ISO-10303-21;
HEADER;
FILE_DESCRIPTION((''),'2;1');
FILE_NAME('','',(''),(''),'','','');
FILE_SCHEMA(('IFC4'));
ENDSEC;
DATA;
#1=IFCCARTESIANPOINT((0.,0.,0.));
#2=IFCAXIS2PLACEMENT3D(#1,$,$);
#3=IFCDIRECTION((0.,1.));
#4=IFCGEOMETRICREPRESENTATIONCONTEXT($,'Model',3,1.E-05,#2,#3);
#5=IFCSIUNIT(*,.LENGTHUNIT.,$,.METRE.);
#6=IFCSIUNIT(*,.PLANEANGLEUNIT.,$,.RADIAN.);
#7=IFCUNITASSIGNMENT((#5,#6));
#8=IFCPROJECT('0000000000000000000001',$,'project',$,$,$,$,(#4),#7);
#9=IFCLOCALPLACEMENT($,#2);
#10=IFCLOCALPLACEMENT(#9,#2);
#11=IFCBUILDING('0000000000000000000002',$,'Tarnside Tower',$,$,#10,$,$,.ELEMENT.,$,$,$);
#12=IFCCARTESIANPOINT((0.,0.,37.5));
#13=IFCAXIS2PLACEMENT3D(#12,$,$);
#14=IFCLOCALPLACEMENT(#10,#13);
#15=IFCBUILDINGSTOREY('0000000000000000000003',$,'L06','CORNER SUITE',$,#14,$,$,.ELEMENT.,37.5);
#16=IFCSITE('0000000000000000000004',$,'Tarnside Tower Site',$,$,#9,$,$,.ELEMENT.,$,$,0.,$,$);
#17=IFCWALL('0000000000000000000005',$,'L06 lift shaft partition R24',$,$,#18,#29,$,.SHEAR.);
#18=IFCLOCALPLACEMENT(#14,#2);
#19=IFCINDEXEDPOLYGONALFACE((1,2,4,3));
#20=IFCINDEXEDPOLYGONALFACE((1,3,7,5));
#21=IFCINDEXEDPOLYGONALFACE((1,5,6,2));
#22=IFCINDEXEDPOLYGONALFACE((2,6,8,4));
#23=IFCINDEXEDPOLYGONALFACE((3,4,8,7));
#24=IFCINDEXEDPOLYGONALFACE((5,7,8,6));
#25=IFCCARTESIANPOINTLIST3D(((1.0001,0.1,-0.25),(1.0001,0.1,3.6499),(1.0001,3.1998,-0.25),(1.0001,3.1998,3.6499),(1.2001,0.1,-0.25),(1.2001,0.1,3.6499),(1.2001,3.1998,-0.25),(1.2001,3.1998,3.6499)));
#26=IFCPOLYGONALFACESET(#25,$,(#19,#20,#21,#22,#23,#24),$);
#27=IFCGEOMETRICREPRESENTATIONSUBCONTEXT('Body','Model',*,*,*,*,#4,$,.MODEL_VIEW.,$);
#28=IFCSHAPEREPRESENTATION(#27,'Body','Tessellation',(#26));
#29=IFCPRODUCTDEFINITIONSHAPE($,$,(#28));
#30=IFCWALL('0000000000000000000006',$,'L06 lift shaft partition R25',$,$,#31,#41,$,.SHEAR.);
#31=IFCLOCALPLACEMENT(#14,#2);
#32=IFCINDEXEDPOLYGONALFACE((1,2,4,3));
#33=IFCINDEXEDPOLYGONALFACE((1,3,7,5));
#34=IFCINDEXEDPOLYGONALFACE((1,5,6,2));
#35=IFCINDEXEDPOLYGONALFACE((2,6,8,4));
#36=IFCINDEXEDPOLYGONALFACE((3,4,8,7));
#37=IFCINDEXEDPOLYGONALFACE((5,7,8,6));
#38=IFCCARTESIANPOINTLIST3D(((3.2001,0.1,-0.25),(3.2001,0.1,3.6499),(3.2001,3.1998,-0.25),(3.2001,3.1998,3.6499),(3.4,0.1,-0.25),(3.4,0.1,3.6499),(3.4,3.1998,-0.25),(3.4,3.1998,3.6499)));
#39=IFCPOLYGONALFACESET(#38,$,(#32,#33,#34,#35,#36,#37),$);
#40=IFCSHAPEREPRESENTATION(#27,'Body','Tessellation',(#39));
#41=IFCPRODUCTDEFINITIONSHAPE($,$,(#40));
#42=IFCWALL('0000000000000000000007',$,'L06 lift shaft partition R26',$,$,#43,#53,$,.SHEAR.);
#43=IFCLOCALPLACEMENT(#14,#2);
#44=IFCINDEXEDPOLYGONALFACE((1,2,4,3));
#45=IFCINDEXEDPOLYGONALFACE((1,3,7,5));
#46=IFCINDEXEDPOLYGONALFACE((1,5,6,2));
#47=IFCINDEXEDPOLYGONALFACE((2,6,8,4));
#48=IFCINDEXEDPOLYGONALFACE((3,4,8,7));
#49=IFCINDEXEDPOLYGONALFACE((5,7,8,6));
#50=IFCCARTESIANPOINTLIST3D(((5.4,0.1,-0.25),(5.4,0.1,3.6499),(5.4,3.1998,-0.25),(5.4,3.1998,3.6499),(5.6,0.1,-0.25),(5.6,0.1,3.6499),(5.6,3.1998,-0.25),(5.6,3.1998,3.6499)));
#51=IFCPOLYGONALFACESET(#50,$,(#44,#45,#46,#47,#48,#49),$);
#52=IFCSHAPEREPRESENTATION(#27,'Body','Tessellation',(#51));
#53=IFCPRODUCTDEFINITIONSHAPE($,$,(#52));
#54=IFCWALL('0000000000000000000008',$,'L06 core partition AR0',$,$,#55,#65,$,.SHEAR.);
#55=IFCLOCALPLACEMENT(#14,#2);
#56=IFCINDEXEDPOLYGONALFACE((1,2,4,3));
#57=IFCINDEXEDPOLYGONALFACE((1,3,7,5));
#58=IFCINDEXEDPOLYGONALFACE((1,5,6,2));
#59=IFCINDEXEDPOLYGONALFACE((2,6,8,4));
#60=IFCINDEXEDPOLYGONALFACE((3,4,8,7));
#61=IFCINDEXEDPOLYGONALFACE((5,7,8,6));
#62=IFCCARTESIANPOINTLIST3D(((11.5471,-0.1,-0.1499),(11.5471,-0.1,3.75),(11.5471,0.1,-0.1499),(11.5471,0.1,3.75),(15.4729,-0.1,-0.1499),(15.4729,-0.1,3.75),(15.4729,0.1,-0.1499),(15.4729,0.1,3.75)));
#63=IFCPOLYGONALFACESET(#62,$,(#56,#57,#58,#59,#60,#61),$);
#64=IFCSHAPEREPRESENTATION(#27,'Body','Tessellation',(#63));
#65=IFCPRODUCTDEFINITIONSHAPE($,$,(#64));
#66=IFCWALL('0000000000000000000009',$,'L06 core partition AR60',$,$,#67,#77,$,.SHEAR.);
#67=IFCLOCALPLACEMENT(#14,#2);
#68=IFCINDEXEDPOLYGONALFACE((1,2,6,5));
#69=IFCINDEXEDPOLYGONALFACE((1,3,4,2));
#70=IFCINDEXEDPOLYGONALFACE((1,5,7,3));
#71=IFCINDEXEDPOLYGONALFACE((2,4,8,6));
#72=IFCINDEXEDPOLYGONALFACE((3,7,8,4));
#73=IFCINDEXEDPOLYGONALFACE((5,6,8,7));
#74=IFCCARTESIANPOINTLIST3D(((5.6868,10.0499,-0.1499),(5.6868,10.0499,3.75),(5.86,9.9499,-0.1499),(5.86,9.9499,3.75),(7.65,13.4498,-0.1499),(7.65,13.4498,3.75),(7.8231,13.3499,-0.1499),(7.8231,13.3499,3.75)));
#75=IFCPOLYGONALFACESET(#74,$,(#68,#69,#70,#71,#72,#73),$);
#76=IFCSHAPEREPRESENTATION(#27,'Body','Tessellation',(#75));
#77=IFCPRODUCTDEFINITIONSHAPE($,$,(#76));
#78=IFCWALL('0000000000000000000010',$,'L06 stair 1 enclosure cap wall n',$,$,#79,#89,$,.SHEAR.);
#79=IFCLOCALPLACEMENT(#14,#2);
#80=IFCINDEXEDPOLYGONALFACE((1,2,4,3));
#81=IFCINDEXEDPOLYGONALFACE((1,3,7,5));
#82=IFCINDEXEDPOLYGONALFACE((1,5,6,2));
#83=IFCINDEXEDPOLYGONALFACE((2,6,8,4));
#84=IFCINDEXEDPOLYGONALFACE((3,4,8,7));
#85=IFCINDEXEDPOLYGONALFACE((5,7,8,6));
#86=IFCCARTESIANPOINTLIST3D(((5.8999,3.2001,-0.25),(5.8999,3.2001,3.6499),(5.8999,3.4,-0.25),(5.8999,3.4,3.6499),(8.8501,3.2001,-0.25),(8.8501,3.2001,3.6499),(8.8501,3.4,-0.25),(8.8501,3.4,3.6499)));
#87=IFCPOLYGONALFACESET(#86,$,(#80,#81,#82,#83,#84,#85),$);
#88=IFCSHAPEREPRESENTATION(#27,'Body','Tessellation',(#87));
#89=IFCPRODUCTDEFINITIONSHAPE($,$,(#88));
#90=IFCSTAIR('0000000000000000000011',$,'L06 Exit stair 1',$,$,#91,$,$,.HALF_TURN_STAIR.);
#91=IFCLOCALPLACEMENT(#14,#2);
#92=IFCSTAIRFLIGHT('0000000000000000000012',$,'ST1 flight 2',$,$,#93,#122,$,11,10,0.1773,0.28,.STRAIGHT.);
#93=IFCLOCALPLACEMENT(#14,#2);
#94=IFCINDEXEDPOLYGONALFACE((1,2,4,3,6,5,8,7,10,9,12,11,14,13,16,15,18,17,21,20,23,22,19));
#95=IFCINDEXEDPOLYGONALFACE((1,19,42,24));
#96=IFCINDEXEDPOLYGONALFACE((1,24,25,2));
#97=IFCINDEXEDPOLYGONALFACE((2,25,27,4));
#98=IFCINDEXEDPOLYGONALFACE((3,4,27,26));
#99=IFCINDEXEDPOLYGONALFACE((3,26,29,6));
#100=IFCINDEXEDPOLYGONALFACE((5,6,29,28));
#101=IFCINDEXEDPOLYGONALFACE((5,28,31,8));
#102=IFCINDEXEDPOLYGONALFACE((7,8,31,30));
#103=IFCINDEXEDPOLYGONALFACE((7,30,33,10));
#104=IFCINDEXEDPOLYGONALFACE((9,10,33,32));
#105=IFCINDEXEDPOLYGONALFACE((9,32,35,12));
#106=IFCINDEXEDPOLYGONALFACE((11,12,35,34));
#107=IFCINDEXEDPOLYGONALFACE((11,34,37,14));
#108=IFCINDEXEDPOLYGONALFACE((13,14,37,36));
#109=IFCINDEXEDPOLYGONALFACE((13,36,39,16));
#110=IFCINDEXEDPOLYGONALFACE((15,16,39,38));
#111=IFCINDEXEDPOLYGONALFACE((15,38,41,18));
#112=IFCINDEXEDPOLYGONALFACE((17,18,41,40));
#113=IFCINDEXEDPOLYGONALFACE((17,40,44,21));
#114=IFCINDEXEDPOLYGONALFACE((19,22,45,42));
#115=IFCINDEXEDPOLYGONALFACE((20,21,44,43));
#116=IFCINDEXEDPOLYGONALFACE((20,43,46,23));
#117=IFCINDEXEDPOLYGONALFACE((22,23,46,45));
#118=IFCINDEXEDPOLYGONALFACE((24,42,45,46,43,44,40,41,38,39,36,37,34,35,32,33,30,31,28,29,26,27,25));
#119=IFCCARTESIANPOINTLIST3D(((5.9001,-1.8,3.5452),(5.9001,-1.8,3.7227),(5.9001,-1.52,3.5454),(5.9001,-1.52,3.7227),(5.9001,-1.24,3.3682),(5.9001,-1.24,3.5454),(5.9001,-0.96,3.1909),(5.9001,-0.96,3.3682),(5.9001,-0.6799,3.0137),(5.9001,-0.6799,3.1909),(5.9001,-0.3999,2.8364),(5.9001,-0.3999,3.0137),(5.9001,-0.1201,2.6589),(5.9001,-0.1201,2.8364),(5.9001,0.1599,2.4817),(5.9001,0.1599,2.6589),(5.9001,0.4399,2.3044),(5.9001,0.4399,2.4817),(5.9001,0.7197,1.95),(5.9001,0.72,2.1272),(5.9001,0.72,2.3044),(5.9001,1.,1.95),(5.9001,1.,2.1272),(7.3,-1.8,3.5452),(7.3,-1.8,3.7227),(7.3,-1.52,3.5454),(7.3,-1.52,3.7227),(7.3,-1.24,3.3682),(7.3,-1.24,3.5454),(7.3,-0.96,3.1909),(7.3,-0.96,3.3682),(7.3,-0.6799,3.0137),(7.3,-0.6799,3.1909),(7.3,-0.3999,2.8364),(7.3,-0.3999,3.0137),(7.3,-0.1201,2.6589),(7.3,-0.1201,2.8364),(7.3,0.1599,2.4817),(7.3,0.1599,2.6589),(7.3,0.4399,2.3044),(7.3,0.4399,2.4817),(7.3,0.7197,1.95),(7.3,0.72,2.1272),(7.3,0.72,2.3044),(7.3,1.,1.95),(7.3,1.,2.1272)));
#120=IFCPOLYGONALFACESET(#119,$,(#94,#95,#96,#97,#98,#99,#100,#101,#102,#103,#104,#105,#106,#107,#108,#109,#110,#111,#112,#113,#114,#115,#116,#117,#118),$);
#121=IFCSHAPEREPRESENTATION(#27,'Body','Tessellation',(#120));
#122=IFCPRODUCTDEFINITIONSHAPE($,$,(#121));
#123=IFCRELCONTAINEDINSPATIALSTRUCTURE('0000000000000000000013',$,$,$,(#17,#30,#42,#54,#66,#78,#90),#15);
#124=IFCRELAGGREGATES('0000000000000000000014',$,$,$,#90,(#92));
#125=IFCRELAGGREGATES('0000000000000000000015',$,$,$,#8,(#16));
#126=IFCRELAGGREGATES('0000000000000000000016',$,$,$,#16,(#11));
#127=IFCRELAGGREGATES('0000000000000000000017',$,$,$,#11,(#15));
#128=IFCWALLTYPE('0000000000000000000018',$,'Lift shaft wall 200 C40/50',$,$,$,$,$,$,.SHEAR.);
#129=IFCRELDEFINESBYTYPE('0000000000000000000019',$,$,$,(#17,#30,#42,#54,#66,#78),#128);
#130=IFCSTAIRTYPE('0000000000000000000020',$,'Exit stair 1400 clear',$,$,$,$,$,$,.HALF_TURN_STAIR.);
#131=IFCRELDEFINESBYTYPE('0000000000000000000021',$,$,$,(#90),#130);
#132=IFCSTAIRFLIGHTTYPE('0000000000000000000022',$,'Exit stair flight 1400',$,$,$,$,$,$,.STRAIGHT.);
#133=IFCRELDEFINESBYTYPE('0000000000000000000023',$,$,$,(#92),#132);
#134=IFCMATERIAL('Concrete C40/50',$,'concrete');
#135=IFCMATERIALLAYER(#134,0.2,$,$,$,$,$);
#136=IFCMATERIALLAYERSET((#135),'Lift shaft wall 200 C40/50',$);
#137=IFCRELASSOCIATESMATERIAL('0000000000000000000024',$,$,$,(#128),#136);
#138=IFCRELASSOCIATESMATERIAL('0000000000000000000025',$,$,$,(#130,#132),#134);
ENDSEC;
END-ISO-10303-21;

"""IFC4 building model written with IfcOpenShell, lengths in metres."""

from ifc_helpers import new_model, si_unit, direction, frame, frame_2d, origin, place, context, subcontext, project, spatial, polyline, rectangle, outline, extrude, material, layer, layer_set, type_object, element, aggregate, save


model = new_model("IFC4")

# Units and contexts
model_context = context("Model", 3, precision=1e-05, world=origin(), true_north=direction((0.0, 1.0)))
body_context = subcontext(model_context, "Body", "Model", "MODEL_VIEW")
ifc_project = project(units=[si_unit("LENGTHUNIT", "METRE"), si_unit("PLANEANGLEUNIT", "RADIAN")], contexts=[model_context])

# Site, building, storey
site_placement = place(None, origin())
site = spatial("IfcSite", under=ifc_project, at=site_placement, Name="Tarnside Tower Site", CompositionType="ELEMENT", RefElevation=0.0)
building_placement = place(site_placement, origin())
building = spatial("IfcBuilding", under=site, at=building_placement, Name="Tarnside Tower", CompositionType="ELEMENT")
storey_placement = place(building_placement, frame((0.0, 0.0, 37.5)))
storey = spatial("IfcBuildingStorey", under=building, at=storey_placement, Name="L06", Description="CORNER SUITE", CompositionType="ELEMENT", Elevation=37.5)

# Shared definitions
ifc_material_1 = material(Name="Concrete C40/50", Category="concrete")

# Walls
ifc_layer_1 = layer(ifc_material_1, 0.2)
ifc_layer_set_1 = layer_set([ifc_layer_1], Name="Lift shaft wall 200 C40/50")
wall_type_1 = type_object("IfcWallType", Name="Lift shaft wall 200 C40/50", PredefinedType="SHEAR", material=ifc_layer_set_1)
for number, where, z_axis, x_axis, name in (
    (1, (1.1001, 0.1001, -0.25), (0.0, 0.0, 1.0), (0.0, 1.0, 0.0), "L06 lift shaft partition R24"),
    (2, (3.3, 0.1001, -0.25), (0.0, 0.0, 1.0), (0.0, 1.0, 0.0), "L06 lift shaft partition R25"),
    (3, (5.5, 0.1001, -0.25), (0.0, 0.0, 1.0), (0.0, 1.0, 0.0), "L06 lift shaft partition R26"),
):
    element("IfcWall", number, at=place(storey_placement, frame(where, z_axis=z_axis, x_axis=x_axis)), inside=storey, type_object=wall_type_1, Name=name, PredefinedType="SHEAR", context=body_context, shape_type="SweptSolid", body=[
        extrude(rectangle(XDim=3.0999, YDim=0.2, at=frame_2d((1.5498, 0.0))), origin(), (0.0, 0.0, 1.0), 3.8999),
    ])
wall_1_placement = place(storey_placement, frame((11.5471, 0.0, -0.1499), z_axis=(0.0, 0.0, 1.0), x_axis=(1.0, 0.0, 0.0)))
element("IfcWall", 4, at=wall_1_placement, inside=storey, type_object=wall_type_1, Name="L06 core partition AR0", PredefinedType="SHEAR", context=body_context, shape_type="SweptSolid", body=[
    extrude(rectangle(XDim=3.9258, YDim=0.2, at=frame_2d((1.9629, 0.0))), origin(), (0.0, 0.0, 1.0), 3.8999),
])
wall_2_placement = place(storey_placement, frame((5.7734, 10.0, -0.1499), z_axis=(0.0, 0.0, 1.0), x_axis=(0.500038, 0.866003, 0.0)))
element("IfcWall", 5, at=wall_2_placement, inside=storey, type_object=wall_type_1, Name="L06 core partition AR60", PredefinedType="SHEAR", context=body_context, shape_type="SweptSolid", body=[
    extrude(rectangle(XDim=3.926, YDim=0.2, at=frame_2d((1.9629, 0.0))), origin(), (0.0, 0.0, 1.0), 3.8999),
])
wall_3_placement = place(storey_placement, frame((5.8999, 3.3, -0.25), z_axis=(0.0, 0.0, 1.0), x_axis=(1.0, 0.0, 0.0)))
element("IfcWall", 6, at=wall_3_placement, inside=storey, type_object=wall_type_1, Name="L06 stair 1 enclosure cap wall n", PredefinedType="SHEAR", context=body_context, shape_type="SweptSolid", body=[
    extrude(rectangle(XDim=2.9502, YDim=0.2, at=frame_2d((1.4751, 0.0))), origin(), (0.0, 0.0, 1.0), 3.8999),
])

# Stair, stair flight
stair_type = type_object("IfcStairType", Name="Exit stair 1400 clear", PredefinedType="HALF_TURN_STAIR", material=ifc_material_1)
stair_placement = place(storey_placement, origin())
stair = element("IfcStair", 7, at=stair_placement, inside=storey, type_object=stair_type, Name="L06 Exit stair 1", PredefinedType="HALF_TURN_STAIR")
stair_flight_type = type_object("IfcStairFlightType", Name="Exit stair flight 1400", PredefinedType="STRAIGHT", material=ifc_material_1)
stair_flight_placement = place(storey_placement, frame((6.6001, 1.0, 1.95), z_axis=(0.0, 0.0, 1.0), x_axis=(0.0, -1.0, 0.0)))
stair_flight = element("IfcStairFlight", 8, at=stair_flight_placement, type_object=stair_flight_type, Name="ST1 flight 2", NumberOfRisers=11, NumberOfTreads=10, PredefinedType="STRAIGHT", RiserHeight=0.1773, TreadLength=0.28, context=body_context, shape_type="SweptSolid", body=[
    extrude(outline(polyline([(0.0, 0.0), (0.0, 0.1772), (0.28, 0.1772), (0.28, 0.3545), (0.5601, 0.3545), (0.5601, 0.5317), (0.8401, 0.5317), (0.8401, 0.709), (1.1201, 0.709), (1.1201, 0.8865), (1.3999, 0.8865), (1.3999, 1.0637), (1.6799, 1.0637), (1.6799, 1.241), (1.96, 1.241), (1.96, 1.4182), (2.24, 1.4182), (2.24, 1.5955), (2.52, 1.5955), (2.52, 1.7727), (2.8, 1.7727), (2.8, 1.95), (2.8, 1.5952), (0.2803, 0.0), (0.0, 0.0)])), frame((0.0, 0.7, 0.0), z_axis=(0.0, -1.0, 0.0), x_axis=(1.0, 0.0, 0.0)), (0.0, 0.0, 1.0), 1.3999),
])
aggregate(stair, [stair_flight])

save(model, "model.ifc")
